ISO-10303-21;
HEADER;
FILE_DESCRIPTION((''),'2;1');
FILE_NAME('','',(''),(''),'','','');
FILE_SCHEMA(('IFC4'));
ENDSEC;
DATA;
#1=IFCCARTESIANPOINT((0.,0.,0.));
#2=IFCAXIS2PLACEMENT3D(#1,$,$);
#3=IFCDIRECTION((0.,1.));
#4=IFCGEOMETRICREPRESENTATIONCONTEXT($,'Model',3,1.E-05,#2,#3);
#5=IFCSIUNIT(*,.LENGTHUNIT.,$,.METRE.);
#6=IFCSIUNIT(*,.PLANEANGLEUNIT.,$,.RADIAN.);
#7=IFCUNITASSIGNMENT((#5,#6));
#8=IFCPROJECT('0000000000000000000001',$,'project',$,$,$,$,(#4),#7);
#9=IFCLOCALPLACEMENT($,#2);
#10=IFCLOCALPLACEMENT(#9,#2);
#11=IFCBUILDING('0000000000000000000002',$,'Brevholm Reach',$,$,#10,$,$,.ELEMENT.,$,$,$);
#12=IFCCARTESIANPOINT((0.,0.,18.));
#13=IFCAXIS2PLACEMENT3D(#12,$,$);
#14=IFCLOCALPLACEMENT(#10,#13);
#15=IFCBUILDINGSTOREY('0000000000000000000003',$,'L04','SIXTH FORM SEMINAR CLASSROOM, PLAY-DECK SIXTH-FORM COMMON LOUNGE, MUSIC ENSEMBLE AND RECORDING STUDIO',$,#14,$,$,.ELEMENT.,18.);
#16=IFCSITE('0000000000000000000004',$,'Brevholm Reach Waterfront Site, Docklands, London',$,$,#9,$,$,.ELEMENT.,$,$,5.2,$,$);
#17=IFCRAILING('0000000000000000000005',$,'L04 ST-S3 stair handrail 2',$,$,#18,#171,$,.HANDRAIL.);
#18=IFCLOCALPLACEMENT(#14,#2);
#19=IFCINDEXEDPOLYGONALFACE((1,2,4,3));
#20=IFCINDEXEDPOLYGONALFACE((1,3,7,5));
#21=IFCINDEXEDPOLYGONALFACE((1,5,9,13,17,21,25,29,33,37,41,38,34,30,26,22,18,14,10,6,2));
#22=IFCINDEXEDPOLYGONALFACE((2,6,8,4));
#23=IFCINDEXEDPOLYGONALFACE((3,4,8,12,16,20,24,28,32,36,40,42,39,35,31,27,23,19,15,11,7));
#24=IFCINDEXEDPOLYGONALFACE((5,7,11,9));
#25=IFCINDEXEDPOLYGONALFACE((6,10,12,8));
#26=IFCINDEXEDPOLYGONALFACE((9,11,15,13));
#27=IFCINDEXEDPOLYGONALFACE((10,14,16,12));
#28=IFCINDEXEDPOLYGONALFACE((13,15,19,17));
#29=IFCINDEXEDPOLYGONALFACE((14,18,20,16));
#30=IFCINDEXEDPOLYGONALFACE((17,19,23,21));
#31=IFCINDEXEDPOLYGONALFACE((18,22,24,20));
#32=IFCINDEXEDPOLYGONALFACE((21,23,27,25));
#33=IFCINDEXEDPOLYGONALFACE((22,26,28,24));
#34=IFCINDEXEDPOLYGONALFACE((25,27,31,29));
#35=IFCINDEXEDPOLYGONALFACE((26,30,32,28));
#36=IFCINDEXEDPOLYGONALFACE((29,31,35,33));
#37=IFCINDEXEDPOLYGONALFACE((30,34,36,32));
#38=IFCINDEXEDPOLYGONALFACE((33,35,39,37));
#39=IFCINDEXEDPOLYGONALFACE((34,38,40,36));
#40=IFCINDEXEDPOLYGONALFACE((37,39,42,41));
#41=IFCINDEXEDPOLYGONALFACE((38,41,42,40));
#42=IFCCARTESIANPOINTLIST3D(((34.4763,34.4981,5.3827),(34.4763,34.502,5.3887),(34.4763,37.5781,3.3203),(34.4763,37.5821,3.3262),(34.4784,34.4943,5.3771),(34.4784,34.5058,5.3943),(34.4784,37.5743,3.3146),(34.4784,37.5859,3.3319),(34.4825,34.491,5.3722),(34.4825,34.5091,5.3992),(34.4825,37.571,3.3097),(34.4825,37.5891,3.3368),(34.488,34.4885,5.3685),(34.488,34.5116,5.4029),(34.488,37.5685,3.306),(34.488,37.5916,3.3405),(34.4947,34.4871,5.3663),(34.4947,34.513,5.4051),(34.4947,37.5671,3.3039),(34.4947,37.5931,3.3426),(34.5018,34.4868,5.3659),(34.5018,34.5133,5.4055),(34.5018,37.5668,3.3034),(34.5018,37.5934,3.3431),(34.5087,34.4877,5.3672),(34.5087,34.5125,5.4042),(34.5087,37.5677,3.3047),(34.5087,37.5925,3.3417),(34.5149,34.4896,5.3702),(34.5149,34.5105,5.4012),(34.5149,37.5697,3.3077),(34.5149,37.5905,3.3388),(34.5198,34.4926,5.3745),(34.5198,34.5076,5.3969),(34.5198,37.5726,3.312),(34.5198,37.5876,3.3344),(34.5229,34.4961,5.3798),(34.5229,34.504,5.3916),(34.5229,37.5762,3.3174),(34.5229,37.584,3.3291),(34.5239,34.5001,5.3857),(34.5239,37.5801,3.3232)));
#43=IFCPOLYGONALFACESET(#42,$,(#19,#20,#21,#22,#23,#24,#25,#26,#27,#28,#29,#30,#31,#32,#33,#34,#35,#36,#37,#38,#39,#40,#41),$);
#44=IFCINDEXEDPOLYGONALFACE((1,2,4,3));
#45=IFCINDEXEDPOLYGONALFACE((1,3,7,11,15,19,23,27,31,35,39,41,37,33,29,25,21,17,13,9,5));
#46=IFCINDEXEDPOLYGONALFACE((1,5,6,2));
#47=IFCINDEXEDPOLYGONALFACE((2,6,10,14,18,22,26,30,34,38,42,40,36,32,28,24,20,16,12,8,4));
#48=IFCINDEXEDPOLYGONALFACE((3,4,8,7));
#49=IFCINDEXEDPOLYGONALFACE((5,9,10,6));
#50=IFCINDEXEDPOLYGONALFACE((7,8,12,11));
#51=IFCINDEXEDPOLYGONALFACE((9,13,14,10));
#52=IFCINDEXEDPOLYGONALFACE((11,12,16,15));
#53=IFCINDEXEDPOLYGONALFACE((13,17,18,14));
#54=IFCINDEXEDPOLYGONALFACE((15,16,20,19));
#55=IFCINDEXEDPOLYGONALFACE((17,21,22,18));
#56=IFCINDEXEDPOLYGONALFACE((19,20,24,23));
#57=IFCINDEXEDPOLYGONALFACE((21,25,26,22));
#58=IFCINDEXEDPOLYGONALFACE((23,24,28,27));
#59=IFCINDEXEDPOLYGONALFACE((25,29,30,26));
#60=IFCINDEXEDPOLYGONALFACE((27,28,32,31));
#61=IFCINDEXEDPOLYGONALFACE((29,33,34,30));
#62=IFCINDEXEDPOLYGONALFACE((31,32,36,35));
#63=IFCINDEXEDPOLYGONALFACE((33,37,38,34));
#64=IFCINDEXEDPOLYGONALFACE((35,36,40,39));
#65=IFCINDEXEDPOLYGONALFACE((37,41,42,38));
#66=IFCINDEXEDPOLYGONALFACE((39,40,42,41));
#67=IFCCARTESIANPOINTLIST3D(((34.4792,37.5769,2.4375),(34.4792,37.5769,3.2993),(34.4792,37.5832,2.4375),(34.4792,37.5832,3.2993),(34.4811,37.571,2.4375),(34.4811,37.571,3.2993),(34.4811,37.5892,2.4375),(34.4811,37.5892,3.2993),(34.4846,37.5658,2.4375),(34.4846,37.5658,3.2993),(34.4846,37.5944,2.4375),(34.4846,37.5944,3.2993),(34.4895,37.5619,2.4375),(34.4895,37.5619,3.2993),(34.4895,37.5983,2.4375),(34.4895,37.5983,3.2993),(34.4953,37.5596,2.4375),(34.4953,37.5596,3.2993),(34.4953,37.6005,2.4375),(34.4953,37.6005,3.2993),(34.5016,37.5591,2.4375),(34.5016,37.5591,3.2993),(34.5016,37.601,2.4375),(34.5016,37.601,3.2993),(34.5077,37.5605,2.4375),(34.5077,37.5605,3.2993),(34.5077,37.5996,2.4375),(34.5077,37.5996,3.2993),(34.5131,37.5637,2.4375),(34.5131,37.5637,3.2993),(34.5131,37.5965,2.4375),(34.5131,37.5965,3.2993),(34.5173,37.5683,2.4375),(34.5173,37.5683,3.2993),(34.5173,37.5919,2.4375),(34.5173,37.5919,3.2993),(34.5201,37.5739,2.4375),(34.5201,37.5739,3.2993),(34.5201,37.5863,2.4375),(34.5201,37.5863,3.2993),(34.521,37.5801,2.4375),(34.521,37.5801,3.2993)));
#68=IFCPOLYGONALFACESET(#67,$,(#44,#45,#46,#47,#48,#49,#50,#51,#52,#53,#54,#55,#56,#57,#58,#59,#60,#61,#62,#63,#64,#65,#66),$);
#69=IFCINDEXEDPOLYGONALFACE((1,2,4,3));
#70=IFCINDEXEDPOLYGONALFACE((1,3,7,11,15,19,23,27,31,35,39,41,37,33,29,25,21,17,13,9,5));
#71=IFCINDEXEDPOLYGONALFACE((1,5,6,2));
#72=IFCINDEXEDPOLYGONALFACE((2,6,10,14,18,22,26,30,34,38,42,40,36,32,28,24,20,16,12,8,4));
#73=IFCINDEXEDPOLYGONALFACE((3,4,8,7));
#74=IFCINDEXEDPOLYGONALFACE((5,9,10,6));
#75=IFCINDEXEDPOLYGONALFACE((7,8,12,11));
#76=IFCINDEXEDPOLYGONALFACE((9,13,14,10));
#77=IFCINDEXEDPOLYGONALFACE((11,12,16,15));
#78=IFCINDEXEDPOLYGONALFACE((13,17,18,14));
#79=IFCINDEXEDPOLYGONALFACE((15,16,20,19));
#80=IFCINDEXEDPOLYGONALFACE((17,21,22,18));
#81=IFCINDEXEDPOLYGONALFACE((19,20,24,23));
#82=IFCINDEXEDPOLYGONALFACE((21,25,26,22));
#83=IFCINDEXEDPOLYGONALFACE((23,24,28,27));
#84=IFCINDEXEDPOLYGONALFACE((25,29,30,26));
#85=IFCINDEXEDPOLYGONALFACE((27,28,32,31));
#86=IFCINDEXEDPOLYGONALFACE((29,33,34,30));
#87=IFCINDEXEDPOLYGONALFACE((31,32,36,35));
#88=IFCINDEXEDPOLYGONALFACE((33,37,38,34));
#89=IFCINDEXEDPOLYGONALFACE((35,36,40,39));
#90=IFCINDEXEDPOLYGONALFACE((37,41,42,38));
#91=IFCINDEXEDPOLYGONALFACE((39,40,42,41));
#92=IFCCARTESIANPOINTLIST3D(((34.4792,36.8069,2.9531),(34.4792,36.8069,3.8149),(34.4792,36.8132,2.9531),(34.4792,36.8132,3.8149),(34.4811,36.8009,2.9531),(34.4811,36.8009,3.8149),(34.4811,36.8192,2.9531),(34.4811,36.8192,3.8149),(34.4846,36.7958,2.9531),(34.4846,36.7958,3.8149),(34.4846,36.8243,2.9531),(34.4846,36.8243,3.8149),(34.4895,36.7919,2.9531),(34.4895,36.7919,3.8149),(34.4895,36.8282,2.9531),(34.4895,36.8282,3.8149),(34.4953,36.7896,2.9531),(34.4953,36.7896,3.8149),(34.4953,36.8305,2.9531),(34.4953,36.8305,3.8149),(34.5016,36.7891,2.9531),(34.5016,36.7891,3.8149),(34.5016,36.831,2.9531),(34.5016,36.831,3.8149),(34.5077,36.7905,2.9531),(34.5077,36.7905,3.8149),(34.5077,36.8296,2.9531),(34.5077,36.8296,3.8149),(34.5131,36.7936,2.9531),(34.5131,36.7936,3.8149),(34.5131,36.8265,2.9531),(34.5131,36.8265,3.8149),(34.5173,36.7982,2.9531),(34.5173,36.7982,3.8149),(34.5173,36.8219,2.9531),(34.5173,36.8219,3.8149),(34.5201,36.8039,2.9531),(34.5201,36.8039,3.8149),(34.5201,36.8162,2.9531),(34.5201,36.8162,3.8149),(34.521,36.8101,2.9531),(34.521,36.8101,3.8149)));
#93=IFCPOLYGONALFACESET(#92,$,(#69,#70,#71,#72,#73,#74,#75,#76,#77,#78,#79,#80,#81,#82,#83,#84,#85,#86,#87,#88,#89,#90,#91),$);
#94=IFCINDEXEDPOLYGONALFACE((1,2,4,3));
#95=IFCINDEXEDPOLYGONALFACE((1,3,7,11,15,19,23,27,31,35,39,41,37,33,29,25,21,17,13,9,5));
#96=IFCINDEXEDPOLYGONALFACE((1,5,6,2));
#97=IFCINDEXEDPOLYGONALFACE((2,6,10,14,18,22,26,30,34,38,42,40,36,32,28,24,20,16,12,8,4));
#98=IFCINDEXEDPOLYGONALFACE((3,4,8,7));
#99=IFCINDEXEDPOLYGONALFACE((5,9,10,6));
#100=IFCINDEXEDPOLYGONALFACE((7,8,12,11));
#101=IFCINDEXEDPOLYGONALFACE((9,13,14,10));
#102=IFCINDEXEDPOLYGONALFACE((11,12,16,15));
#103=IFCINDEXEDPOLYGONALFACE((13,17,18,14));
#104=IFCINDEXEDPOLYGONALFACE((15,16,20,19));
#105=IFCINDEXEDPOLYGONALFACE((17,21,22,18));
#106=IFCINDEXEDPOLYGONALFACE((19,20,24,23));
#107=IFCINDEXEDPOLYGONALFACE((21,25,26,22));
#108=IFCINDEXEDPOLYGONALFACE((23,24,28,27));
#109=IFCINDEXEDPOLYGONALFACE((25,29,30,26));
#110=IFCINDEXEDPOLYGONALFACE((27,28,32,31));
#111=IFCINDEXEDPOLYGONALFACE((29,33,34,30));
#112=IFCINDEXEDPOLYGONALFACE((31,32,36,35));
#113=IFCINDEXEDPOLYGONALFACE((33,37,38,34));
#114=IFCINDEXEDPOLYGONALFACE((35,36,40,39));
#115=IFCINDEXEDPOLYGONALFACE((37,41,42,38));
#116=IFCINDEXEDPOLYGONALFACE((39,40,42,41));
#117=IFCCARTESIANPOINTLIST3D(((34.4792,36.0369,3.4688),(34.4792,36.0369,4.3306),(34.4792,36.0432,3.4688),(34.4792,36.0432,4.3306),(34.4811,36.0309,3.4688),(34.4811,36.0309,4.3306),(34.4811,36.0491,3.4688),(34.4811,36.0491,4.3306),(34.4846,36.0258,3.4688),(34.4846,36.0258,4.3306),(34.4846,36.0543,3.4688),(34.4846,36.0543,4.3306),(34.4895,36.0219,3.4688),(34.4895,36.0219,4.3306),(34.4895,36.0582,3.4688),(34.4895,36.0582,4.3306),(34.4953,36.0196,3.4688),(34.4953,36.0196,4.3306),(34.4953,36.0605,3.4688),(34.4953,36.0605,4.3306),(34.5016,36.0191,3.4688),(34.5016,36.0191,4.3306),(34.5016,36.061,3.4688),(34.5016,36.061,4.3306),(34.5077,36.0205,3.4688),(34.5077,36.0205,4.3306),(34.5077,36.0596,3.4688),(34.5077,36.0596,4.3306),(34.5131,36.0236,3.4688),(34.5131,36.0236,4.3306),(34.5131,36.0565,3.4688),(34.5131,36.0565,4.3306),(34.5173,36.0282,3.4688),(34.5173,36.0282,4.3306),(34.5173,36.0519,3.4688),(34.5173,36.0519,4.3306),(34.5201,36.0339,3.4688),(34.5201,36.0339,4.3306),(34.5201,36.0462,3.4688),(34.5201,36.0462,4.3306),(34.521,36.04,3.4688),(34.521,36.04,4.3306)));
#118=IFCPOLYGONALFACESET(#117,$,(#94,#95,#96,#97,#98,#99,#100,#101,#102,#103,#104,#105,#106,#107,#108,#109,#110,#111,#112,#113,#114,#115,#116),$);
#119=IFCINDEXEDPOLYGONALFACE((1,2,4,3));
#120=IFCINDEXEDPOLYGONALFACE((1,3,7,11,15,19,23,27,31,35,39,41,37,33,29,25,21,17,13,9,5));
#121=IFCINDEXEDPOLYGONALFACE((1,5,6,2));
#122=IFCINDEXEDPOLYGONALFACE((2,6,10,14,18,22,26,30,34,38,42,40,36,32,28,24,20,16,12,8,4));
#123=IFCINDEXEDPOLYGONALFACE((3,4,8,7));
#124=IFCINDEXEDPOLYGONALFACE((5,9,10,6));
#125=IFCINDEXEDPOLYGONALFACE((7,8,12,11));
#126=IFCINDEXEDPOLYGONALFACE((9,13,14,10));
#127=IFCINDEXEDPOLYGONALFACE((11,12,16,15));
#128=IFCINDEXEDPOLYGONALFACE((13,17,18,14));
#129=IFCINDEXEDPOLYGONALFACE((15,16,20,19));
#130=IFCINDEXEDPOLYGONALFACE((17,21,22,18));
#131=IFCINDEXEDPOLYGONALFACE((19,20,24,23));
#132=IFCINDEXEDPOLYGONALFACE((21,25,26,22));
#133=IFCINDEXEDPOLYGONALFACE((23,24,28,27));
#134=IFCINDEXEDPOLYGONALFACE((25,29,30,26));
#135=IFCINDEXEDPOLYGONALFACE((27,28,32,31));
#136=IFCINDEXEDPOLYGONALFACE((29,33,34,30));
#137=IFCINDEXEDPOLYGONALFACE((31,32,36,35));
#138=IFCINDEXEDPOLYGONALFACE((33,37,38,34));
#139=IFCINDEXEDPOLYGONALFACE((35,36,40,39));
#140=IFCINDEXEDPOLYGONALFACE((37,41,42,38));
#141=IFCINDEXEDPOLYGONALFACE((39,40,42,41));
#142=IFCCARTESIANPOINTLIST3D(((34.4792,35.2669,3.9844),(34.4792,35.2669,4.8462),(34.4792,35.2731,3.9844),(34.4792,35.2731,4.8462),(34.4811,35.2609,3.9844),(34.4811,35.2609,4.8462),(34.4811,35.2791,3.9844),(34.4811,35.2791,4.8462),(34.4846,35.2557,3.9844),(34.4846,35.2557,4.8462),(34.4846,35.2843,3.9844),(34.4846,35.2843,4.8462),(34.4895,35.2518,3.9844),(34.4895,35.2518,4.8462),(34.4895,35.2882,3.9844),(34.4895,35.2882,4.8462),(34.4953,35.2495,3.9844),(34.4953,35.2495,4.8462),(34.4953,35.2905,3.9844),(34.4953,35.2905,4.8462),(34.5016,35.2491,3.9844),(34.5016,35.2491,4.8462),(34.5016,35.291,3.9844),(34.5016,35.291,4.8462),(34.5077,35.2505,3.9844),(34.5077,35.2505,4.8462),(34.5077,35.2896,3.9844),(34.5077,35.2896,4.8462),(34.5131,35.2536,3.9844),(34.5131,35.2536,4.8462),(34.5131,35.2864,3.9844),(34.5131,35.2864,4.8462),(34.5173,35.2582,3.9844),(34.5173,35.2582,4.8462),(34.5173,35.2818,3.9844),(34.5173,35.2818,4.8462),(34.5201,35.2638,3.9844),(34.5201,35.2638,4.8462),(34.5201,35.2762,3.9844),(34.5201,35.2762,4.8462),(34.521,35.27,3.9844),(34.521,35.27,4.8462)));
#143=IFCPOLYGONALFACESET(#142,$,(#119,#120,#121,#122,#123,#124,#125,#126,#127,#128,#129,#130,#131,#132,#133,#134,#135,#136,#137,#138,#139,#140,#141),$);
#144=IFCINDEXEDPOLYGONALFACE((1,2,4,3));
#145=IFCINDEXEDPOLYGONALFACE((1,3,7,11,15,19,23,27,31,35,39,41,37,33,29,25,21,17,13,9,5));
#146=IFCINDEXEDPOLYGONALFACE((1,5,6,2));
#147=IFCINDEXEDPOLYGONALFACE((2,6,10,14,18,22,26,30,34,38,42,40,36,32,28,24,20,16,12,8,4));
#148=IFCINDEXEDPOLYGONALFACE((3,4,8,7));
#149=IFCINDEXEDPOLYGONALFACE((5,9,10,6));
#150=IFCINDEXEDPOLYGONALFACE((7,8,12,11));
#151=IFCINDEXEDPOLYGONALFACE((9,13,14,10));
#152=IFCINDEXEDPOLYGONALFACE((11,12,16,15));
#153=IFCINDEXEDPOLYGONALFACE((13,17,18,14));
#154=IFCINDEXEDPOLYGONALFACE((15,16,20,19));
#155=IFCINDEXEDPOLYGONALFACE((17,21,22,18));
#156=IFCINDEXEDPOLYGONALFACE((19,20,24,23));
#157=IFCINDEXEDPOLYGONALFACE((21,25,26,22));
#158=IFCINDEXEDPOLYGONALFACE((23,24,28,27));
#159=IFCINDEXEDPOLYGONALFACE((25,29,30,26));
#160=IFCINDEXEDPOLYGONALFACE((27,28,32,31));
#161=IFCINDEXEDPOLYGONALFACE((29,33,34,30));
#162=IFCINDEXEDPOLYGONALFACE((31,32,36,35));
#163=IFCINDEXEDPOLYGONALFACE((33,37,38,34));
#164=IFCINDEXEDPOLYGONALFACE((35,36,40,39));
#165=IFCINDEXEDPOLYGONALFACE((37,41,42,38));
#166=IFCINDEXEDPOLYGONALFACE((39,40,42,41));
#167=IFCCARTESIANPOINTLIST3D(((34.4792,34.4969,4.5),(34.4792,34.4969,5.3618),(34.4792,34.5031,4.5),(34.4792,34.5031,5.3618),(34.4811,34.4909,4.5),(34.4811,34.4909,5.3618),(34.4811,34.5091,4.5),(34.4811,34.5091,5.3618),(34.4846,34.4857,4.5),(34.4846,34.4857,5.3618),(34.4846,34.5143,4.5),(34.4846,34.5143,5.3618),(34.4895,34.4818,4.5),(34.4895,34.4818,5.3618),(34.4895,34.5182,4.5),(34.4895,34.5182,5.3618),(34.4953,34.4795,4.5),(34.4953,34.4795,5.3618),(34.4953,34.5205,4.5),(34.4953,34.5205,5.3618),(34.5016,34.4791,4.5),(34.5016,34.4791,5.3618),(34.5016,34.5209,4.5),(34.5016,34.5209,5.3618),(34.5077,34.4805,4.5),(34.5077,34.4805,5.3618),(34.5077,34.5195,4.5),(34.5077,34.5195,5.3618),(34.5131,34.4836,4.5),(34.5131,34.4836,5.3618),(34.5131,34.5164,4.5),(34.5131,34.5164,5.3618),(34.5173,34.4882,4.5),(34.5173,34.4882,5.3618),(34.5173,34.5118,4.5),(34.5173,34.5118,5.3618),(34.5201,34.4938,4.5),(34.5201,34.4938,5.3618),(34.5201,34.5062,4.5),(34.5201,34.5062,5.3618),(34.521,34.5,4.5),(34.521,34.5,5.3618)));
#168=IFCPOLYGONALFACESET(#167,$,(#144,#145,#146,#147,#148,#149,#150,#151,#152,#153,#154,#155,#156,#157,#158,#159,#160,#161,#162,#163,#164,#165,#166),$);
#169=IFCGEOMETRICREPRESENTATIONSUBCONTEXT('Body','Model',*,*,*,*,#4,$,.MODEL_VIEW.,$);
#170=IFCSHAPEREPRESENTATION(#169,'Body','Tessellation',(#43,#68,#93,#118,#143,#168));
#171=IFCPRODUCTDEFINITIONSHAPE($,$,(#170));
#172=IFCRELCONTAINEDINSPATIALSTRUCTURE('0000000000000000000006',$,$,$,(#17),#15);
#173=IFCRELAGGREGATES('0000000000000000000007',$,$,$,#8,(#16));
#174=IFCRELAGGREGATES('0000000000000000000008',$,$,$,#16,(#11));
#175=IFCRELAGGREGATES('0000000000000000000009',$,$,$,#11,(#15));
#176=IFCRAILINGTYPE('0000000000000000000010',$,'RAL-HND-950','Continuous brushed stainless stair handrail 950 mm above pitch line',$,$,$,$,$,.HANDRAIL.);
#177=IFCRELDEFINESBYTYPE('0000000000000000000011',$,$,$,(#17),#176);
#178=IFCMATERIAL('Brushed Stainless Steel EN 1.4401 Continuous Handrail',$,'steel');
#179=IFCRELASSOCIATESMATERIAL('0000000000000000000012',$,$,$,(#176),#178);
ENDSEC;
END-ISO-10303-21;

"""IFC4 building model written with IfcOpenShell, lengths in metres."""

from ifc_helpers import new_model, si_unit, direction, frame, origin, origin_2d, place, context, subcontext, project, spatial, circle, extrude, material, type_object, element, save


model = new_model("IFC4")

# Units and contexts
model_context = context("Model", 3, precision=1e-05, world=origin(), true_north=direction((0.0, 1.0)))
body_context = subcontext(model_context, "Body", "Model", "MODEL_VIEW")
ifc_project = project(units=[si_unit("LENGTHUNIT", "METRE"), si_unit("PLANEANGLEUNIT", "RADIAN")], contexts=[model_context])

# Site, building, storey
site_placement = place(None, origin())
site = spatial("IfcSite", under=ifc_project, at=site_placement, Name="Brevholm Reach Waterfront Site, Docklands, London", CompositionType="ELEMENT", RefElevation=5.2)
building_placement = place(site_placement, origin())
building = spatial("IfcBuilding", under=site, at=building_placement, Name="Brevholm Reach", CompositionType="ELEMENT")
storey_placement = place(building_placement, frame((0.0, 0.0, 18.0)))
storey = spatial("IfcBuildingStorey", under=building, at=storey_placement, Name="L04", Description="SIXTH FORM SEMINAR CLASSROOM, PLAY-DECK SIXTH-FORM COMMON LOUNGE, MUSIC ENSEMBLE AND RECORDING STUDIO", CompositionType="ELEMENT", Elevation=18.0)

# Railing
ifc_material_1 = material(Name="Brushed Stainless Steel EN 1.4401 Continuous Handrail", Category="steel")
railing_type_1 = type_object("IfcRailingType", Name="RAL-HND-950", Description="Continuous brushed stainless stair handrail 950 mm above pitch line", PredefinedType="HANDRAIL", material=ifc_material_1)
railing_1_placement = place(storey_placement, frame((34.5, 37.5801, 2.4375)))
element("IfcRailing", 1, at=railing_1_placement, inside=storey, type_object=railing_type_1, Name="L04 ST-S3 stair handrail 2", PredefinedType="HANDRAIL", context=body_context, shape_type="SweptSolid", body=[
    extrude(circle(Radius=0.0239, at=origin_2d()), frame((0.0, 0.0, 0.8857), z_axis=(0.0, -0.830914, 0.556401), x_axis=(1.0, 0.0, 0.0)), (0.0, 0.0, 1.0), 3.7068),
    extrude(circle(Radius=0.021, at=origin_2d()), origin(), (0.0, 0.0, 1.0), 0.8618),
    extrude(circle(Radius=0.021, at=origin_2d()), frame((0.0, -0.77, 0.5156)), (0.0, 0.0, 1.0), 0.8618),
    extrude(circle(Radius=0.021, at=origin_2d()), frame((0.0, -1.54, 1.0312)), (0.0, 0.0, 1.0), 0.8618),
    extrude(circle(Radius=0.021, at=origin_2d()), frame((0.0, -2.3101, 1.5469)), (0.0, 0.0, 1.0), 0.8618),
    extrude(circle(Radius=0.021, at=origin_2d()), frame((0.0, -3.0801, 2.0625)), (0.0, 0.0, 1.0), 0.8618),
])

save(model, "model.ifc")
